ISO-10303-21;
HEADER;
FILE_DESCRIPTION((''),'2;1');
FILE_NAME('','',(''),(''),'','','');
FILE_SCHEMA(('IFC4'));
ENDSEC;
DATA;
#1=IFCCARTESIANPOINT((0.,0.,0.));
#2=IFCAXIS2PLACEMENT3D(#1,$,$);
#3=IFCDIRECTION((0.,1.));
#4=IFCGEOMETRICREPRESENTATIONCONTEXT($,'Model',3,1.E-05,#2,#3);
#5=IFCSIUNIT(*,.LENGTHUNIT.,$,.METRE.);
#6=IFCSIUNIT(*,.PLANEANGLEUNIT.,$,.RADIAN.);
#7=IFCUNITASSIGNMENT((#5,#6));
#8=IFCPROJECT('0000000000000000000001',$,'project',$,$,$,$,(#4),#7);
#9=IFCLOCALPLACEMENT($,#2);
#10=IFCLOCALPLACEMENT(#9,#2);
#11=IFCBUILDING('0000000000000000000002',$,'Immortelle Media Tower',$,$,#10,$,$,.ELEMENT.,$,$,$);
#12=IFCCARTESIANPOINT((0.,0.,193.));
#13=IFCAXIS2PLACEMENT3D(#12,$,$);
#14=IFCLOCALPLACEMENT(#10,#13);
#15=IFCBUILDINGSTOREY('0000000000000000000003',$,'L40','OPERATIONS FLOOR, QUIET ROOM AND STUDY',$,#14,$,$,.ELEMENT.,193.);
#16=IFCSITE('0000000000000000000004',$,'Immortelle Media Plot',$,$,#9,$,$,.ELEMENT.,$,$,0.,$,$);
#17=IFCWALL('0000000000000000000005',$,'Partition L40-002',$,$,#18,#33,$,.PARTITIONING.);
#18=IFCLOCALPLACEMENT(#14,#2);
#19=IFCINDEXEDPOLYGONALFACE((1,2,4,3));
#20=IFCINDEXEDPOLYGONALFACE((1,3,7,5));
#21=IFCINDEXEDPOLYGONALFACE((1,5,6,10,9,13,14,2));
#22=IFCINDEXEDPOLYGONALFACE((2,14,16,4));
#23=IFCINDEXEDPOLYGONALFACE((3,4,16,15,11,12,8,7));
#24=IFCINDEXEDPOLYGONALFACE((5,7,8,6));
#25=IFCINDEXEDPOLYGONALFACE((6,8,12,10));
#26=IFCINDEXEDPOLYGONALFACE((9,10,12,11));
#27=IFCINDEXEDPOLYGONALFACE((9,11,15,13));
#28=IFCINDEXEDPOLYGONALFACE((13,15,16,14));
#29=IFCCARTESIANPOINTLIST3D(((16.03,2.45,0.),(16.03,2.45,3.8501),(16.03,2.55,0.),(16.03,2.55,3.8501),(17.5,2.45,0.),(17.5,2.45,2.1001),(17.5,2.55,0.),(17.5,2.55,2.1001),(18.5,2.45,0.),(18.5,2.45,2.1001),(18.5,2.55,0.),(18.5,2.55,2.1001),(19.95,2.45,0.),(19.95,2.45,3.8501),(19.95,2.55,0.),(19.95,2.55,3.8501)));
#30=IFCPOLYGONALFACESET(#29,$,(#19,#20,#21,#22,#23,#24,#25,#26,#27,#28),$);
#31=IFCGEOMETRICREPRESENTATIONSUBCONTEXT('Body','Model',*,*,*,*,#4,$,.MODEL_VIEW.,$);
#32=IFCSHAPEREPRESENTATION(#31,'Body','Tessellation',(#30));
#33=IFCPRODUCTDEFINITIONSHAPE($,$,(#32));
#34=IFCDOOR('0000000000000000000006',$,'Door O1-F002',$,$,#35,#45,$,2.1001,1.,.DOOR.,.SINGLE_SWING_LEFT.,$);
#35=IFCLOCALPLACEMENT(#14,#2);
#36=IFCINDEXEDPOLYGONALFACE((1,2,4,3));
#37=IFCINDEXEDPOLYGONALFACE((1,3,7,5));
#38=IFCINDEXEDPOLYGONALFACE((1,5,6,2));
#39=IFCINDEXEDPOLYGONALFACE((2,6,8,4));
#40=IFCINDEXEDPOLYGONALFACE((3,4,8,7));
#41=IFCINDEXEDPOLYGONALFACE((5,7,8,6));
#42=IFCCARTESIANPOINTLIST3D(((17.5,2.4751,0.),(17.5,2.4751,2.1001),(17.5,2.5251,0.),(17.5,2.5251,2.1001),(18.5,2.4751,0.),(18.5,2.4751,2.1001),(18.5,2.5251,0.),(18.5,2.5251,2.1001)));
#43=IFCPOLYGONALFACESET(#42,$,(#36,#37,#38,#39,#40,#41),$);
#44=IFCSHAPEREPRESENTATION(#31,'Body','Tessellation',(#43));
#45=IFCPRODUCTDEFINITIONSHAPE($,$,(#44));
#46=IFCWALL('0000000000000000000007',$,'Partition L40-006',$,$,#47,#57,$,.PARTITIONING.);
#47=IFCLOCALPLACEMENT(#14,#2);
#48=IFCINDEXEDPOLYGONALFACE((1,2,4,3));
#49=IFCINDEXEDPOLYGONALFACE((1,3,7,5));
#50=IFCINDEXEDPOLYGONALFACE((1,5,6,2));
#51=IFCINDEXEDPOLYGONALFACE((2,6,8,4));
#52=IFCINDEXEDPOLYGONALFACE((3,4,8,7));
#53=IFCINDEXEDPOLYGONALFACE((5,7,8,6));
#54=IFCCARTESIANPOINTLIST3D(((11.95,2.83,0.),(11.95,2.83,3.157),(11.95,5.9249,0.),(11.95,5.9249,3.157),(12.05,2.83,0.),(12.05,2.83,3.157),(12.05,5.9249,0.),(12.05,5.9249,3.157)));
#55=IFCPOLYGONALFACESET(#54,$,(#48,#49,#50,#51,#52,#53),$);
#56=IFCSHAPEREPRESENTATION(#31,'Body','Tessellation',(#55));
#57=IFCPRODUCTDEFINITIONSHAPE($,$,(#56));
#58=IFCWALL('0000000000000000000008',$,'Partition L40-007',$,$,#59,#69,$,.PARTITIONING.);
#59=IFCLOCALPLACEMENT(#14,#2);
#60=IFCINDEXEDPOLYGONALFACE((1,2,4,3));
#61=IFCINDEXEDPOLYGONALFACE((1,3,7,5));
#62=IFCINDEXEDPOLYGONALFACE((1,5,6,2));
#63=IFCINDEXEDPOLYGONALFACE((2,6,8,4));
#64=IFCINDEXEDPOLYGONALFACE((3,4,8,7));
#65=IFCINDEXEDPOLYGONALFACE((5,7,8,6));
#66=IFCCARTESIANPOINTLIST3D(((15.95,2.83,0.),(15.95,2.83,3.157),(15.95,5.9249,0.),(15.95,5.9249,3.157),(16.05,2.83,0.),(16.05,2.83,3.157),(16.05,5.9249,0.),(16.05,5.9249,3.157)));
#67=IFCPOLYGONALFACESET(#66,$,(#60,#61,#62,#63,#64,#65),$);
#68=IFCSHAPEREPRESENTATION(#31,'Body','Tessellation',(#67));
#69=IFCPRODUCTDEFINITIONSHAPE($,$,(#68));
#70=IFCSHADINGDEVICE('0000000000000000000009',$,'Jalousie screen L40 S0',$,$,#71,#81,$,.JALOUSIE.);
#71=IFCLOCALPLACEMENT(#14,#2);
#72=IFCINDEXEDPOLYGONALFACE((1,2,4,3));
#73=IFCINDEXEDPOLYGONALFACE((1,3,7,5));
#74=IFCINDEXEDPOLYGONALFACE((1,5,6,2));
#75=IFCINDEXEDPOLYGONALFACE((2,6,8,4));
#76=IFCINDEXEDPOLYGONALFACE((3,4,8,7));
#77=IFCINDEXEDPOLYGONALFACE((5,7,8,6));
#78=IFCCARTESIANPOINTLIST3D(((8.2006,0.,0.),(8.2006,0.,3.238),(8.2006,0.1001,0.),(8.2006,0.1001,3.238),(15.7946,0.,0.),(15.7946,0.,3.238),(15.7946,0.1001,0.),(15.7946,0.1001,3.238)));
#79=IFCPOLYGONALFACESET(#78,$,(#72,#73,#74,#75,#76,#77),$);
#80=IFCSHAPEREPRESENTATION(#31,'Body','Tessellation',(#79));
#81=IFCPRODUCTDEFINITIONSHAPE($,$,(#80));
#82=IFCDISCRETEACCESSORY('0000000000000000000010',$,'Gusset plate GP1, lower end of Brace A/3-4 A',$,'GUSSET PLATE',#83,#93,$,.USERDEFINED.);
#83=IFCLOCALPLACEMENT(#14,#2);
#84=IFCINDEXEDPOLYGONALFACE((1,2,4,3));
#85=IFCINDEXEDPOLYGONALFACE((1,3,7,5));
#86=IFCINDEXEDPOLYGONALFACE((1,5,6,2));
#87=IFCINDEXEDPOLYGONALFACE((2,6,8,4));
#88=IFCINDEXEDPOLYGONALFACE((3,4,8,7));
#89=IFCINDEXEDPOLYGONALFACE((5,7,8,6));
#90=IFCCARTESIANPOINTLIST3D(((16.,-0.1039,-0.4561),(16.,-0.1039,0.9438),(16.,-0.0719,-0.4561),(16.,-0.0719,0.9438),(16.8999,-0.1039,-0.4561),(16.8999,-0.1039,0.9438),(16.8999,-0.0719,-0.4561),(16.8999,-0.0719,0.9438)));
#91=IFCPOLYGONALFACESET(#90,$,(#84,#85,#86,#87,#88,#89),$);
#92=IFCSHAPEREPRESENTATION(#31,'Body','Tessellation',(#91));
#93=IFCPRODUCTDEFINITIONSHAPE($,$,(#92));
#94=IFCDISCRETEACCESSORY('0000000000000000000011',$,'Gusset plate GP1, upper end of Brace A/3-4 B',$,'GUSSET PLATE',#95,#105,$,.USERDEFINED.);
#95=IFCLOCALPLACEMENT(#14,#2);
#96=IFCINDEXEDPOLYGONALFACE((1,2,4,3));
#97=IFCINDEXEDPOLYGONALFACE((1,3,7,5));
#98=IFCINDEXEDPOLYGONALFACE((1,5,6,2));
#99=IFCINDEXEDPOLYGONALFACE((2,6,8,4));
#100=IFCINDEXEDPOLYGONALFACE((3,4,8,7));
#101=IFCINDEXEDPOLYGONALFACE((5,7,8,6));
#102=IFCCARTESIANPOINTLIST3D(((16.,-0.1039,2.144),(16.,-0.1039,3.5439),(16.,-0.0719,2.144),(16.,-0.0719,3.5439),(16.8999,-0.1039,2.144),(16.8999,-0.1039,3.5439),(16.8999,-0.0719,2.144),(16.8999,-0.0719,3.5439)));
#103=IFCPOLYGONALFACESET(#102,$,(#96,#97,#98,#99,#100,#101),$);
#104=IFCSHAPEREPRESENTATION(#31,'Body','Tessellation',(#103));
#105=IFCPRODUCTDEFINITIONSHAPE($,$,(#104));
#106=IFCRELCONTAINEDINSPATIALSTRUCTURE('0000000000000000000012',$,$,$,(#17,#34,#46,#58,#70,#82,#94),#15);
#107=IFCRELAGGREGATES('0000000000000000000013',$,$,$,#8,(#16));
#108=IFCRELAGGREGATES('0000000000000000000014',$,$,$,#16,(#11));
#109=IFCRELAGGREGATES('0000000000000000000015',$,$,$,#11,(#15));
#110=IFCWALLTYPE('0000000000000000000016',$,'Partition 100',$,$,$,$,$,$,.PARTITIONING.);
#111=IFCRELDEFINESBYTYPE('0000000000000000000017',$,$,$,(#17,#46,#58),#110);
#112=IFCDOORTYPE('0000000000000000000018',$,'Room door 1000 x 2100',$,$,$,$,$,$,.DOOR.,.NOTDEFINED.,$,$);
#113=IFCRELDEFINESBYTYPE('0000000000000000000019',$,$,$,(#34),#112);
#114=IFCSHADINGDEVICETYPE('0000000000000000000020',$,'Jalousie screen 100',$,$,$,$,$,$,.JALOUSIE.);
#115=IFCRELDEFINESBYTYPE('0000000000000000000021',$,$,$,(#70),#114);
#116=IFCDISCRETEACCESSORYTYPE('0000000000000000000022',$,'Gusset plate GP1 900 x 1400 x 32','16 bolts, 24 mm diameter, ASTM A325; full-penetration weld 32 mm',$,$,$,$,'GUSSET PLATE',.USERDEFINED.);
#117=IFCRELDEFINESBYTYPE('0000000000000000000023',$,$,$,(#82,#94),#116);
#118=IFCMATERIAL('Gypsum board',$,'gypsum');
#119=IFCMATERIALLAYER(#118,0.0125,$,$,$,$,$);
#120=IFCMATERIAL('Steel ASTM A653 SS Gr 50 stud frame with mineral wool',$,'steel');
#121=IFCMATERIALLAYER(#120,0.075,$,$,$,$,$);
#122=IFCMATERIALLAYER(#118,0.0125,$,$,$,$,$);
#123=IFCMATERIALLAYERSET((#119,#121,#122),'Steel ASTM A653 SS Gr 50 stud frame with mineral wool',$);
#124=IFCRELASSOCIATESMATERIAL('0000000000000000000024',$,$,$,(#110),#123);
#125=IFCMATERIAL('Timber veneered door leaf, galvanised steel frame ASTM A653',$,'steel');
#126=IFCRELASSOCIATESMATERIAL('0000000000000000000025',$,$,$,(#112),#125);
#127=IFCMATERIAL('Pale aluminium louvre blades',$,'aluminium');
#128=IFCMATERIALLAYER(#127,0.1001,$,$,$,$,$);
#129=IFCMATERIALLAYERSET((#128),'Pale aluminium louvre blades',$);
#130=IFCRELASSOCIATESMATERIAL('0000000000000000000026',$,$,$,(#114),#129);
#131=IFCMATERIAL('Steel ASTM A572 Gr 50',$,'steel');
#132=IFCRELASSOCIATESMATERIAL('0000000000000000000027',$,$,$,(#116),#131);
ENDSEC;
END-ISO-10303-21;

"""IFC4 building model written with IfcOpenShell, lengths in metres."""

from ifc_helpers import new_model, si_unit, direction, frame, frame_2d, origin, origin_2d, place, context, subcontext, project, spatial, rectangle, extrude, material, layer, layer_set, material_profile, profile_set, type_object, element, fill, save


model = new_model("IFC4")

# Units and contexts
model_context = context("Model", 3, precision=1e-05, world=origin(), true_north=direction((0.0, 1.0)))
body_context = subcontext(model_context, "Body", "Model", "MODEL_VIEW")
ifc_project = project(units=[si_unit("LENGTHUNIT", "METRE"), si_unit("PLANEANGLEUNIT", "RADIAN")], contexts=[model_context])

# Site, building, storey
site_placement = place(None, origin())
site = spatial("IfcSite", under=ifc_project, at=site_placement, Name="Immortelle Media Plot", CompositionType="ELEMENT", RefElevation=0.0)
building_placement = place(site_placement, origin())
building = spatial("IfcBuilding", under=site, at=building_placement, Name="Immortelle Media Tower", CompositionType="ELEMENT")
storey_placement = place(building_placement, frame((0.0, 0.0, 193.0)))
storey = spatial("IfcBuildingStorey", under=building, at=storey_placement, Name="L40", Description="OPERATIONS FLOOR, QUIET ROOM AND STUDY", CompositionType="ELEMENT", Elevation=193.0)

# Shared definitions
ifc_material_1 = material(Name="Steel ASTM A653 SS Gr 50 stud frame with mineral wool", Category="steel")

# Wall, opening, door
ifc_material_2 = material(Name="Gypsum board", Category="gypsum")
ifc_layer_1 = layer(ifc_material_2, 0.0125)
ifc_layer_2 = layer(ifc_material_1, 0.075)
ifc_layer_3 = layer(ifc_material_2, 0.0125)
ifc_layer_set_1 = layer_set([ifc_layer_1, ifc_layer_2, ifc_layer_3], Name="Steel ASTM A653 SS Gr 50 stud frame with mineral wool")
wall_type_1 = type_object("IfcWallType", Name="Partition 100", PredefinedType="PARTITIONING", material=ifc_layer_set_1)
wall_1_placement = place(storey_placement, frame((16.03, 2.5, 0.0), z_axis=(0.0, 0.0, 1.0), x_axis=(1.0, 0.0, 0.0)))
wall_1 = element("IfcWall", 1, at=wall_1_placement, inside=storey, type_object=wall_type_1, Name="Partition L40-002", PredefinedType="PARTITIONING", context=body_context, shape_type="SweptSolid", body=[
    extrude(rectangle(XDim=3.9199, YDim=0.1001, at=frame_2d((1.96, 0.0))), origin(), (0.0, 0.0, 1.0), 3.8501),
])
opening_1_placement = place(wall_1_placement, frame((2.47, 0.0, 0.0), z_axis=(0.0, 0.0, 1.0), x_axis=(-1.0, 0.0, 0.0)))
opening_1 = element("IfcOpeningElement", 2, at=opening_1_placement, cuts=wall_1, PredefinedType="OPENING", context=body_context, shape_type="SweptSolid", body=[
    extrude(rectangle(XDim=1.0, YDim=2.1001, at=frame_2d((0.5, 1.05))), frame((0.0, 0.0601, 0.0), z_axis=(0.0, -1.0, 0.0), x_axis=(1.0, 0.0, 0.0)), (0.0, 0.0, 1.0), 0.1201),
])
ifc_material_3 = material(Name="Timber veneered door leaf, galvanised steel frame ASTM A653", Category="steel")
door_type_1 = type_object("IfcDoorType", Name="Room door 1000 x 2100", OperationType="NOTDEFINED", PredefinedType="DOOR", material=ifc_material_3)
door_1_placement = place(opening_1_placement, origin())
door_1 = element("IfcDoor", 3, at=door_1_placement, inside=storey, type_object=door_type_1, Name="Door O1-F002", OperationType="SINGLE_SWING_LEFT", OverallHeight=2.1001, OverallWidth=1.0, PredefinedType="DOOR", context=body_context, shape_type="SweptSolid", body=[
    extrude(rectangle(XDim=1.0, YDim=2.1001, at=frame_2d((0.5, 1.05))), frame((0.0, 0.0249, 0.0), z_axis=(0.0, -1.0, 0.0), x_axis=(1.0, 0.0, 0.0)), (0.0, 0.0, 1.0), 0.05),
])
fill(opening_1, door_1)

# Walls
for number, where, z_axis, x_axis, name in (
    (4, (12.0, 2.8301, 0.0), (0.0, 0.0, 1.0), (0.0, 1.0, 0.0), "Partition L40-006"),
    (5, (16.0, 2.8301, 0.0), (0.0, 0.0, 1.0), (0.0, 1.0, 0.0), "Partition L40-007"),
):
    element("IfcWall", number, at=place(storey_placement, frame(where, z_axis=z_axis, x_axis=x_axis)), inside=storey, type_object=wall_type_1, Name=name, PredefinedType="PARTITIONING", context=body_context, shape_type="SweptSolid", body=[
        extrude(rectangle(XDim=3.095, YDim=0.1001, at=frame_2d((1.5474, 0.0))), origin(), (0.0, 0.0, 1.0), 3.157),
    ])

# Shading device
ifc_material_4 = material(Name="Pale aluminium louvre blades", Category="aluminium")
ifc_layer_4 = layer(ifc_material_4, 0.1001)
ifc_layer_set_2 = layer_set([ifc_layer_4], Name="Pale aluminium louvre blades")
shading_device_type = type_object("IfcShadingDeviceType", Name="Jalousie screen 100", PredefinedType="JALOUSIE", material=ifc_layer_set_2)
shading_device_placement = place(storey_placement, frame((11.9976, 0.05, 0.0), z_axis=(0.0, 0.0, 1.0), x_axis=(1.0, 0.0, 0.0)))
element("IfcShadingDevice", 6, at=shading_device_placement, inside=storey, type_object=shading_device_type, Name="Jalousie screen L40 S0", PredefinedType="JALOUSIE", context=body_context, shape_type="SweptSolid", body=[
    extrude(rectangle(XDim=7.594, YDim=0.1001, at=origin_2d()), origin(), (0.0, 0.0, 1.0), 3.238),
])

# Discrete accessories
ifc_material_5 = material(Name="Steel ASTM A572 Gr 50", Category="steel")
ifc_material_profile_1 = material_profile(ifc_material_5, rectangle(XDim=0.032, YDim=1.3999, at=origin_2d()), Name="PL 32 x 1400")
ifc_profile_set_1 = profile_set([ifc_material_profile_1], Name="Steel ASTM A572 Gr 50")
discrete_accessory_type = type_object("IfcDiscreteAccessoryType", Name="Gusset plate GP1 900 x 1400 x 32", Description="16 bolts, 24 mm diameter, ASTM A325; full-penetration weld 32 mm", ElementType="GUSSET PLATE", PredefinedType="USERDEFINED", material=ifc_profile_set_1)
for number, where, z_axis, x_axis, name in (
    (7, (16.0, -0.0879, 0.2439), (1.0, 0.0, 0.0), (0.0, 1.0, 0.0), "Gusset plate GP1, lower end of Brace A/3-4 A"),
    (8, (16.0, -0.0879, 2.844), (1.0, 0.0, 0.0), (0.0, 1.0, 0.0), "Gusset plate GP1, upper end of Brace A/3-4 B"),
):
    element("IfcDiscreteAccessory", number, at=place(storey_placement, frame(where, z_axis=z_axis, x_axis=x_axis)), inside=storey, type_object=discrete_accessory_type, Name=name, ObjectType="GUSSET PLATE", PredefinedType="USERDEFINED", context=body_context, shape_type="SweptSolid", body=[
        extrude(rectangle(XDim=0.032, YDim=1.3999, at=origin_2d()), origin(), (0.0, 0.0, 1.0), 0.8999),
    ])

save(model, "model.ifc")
